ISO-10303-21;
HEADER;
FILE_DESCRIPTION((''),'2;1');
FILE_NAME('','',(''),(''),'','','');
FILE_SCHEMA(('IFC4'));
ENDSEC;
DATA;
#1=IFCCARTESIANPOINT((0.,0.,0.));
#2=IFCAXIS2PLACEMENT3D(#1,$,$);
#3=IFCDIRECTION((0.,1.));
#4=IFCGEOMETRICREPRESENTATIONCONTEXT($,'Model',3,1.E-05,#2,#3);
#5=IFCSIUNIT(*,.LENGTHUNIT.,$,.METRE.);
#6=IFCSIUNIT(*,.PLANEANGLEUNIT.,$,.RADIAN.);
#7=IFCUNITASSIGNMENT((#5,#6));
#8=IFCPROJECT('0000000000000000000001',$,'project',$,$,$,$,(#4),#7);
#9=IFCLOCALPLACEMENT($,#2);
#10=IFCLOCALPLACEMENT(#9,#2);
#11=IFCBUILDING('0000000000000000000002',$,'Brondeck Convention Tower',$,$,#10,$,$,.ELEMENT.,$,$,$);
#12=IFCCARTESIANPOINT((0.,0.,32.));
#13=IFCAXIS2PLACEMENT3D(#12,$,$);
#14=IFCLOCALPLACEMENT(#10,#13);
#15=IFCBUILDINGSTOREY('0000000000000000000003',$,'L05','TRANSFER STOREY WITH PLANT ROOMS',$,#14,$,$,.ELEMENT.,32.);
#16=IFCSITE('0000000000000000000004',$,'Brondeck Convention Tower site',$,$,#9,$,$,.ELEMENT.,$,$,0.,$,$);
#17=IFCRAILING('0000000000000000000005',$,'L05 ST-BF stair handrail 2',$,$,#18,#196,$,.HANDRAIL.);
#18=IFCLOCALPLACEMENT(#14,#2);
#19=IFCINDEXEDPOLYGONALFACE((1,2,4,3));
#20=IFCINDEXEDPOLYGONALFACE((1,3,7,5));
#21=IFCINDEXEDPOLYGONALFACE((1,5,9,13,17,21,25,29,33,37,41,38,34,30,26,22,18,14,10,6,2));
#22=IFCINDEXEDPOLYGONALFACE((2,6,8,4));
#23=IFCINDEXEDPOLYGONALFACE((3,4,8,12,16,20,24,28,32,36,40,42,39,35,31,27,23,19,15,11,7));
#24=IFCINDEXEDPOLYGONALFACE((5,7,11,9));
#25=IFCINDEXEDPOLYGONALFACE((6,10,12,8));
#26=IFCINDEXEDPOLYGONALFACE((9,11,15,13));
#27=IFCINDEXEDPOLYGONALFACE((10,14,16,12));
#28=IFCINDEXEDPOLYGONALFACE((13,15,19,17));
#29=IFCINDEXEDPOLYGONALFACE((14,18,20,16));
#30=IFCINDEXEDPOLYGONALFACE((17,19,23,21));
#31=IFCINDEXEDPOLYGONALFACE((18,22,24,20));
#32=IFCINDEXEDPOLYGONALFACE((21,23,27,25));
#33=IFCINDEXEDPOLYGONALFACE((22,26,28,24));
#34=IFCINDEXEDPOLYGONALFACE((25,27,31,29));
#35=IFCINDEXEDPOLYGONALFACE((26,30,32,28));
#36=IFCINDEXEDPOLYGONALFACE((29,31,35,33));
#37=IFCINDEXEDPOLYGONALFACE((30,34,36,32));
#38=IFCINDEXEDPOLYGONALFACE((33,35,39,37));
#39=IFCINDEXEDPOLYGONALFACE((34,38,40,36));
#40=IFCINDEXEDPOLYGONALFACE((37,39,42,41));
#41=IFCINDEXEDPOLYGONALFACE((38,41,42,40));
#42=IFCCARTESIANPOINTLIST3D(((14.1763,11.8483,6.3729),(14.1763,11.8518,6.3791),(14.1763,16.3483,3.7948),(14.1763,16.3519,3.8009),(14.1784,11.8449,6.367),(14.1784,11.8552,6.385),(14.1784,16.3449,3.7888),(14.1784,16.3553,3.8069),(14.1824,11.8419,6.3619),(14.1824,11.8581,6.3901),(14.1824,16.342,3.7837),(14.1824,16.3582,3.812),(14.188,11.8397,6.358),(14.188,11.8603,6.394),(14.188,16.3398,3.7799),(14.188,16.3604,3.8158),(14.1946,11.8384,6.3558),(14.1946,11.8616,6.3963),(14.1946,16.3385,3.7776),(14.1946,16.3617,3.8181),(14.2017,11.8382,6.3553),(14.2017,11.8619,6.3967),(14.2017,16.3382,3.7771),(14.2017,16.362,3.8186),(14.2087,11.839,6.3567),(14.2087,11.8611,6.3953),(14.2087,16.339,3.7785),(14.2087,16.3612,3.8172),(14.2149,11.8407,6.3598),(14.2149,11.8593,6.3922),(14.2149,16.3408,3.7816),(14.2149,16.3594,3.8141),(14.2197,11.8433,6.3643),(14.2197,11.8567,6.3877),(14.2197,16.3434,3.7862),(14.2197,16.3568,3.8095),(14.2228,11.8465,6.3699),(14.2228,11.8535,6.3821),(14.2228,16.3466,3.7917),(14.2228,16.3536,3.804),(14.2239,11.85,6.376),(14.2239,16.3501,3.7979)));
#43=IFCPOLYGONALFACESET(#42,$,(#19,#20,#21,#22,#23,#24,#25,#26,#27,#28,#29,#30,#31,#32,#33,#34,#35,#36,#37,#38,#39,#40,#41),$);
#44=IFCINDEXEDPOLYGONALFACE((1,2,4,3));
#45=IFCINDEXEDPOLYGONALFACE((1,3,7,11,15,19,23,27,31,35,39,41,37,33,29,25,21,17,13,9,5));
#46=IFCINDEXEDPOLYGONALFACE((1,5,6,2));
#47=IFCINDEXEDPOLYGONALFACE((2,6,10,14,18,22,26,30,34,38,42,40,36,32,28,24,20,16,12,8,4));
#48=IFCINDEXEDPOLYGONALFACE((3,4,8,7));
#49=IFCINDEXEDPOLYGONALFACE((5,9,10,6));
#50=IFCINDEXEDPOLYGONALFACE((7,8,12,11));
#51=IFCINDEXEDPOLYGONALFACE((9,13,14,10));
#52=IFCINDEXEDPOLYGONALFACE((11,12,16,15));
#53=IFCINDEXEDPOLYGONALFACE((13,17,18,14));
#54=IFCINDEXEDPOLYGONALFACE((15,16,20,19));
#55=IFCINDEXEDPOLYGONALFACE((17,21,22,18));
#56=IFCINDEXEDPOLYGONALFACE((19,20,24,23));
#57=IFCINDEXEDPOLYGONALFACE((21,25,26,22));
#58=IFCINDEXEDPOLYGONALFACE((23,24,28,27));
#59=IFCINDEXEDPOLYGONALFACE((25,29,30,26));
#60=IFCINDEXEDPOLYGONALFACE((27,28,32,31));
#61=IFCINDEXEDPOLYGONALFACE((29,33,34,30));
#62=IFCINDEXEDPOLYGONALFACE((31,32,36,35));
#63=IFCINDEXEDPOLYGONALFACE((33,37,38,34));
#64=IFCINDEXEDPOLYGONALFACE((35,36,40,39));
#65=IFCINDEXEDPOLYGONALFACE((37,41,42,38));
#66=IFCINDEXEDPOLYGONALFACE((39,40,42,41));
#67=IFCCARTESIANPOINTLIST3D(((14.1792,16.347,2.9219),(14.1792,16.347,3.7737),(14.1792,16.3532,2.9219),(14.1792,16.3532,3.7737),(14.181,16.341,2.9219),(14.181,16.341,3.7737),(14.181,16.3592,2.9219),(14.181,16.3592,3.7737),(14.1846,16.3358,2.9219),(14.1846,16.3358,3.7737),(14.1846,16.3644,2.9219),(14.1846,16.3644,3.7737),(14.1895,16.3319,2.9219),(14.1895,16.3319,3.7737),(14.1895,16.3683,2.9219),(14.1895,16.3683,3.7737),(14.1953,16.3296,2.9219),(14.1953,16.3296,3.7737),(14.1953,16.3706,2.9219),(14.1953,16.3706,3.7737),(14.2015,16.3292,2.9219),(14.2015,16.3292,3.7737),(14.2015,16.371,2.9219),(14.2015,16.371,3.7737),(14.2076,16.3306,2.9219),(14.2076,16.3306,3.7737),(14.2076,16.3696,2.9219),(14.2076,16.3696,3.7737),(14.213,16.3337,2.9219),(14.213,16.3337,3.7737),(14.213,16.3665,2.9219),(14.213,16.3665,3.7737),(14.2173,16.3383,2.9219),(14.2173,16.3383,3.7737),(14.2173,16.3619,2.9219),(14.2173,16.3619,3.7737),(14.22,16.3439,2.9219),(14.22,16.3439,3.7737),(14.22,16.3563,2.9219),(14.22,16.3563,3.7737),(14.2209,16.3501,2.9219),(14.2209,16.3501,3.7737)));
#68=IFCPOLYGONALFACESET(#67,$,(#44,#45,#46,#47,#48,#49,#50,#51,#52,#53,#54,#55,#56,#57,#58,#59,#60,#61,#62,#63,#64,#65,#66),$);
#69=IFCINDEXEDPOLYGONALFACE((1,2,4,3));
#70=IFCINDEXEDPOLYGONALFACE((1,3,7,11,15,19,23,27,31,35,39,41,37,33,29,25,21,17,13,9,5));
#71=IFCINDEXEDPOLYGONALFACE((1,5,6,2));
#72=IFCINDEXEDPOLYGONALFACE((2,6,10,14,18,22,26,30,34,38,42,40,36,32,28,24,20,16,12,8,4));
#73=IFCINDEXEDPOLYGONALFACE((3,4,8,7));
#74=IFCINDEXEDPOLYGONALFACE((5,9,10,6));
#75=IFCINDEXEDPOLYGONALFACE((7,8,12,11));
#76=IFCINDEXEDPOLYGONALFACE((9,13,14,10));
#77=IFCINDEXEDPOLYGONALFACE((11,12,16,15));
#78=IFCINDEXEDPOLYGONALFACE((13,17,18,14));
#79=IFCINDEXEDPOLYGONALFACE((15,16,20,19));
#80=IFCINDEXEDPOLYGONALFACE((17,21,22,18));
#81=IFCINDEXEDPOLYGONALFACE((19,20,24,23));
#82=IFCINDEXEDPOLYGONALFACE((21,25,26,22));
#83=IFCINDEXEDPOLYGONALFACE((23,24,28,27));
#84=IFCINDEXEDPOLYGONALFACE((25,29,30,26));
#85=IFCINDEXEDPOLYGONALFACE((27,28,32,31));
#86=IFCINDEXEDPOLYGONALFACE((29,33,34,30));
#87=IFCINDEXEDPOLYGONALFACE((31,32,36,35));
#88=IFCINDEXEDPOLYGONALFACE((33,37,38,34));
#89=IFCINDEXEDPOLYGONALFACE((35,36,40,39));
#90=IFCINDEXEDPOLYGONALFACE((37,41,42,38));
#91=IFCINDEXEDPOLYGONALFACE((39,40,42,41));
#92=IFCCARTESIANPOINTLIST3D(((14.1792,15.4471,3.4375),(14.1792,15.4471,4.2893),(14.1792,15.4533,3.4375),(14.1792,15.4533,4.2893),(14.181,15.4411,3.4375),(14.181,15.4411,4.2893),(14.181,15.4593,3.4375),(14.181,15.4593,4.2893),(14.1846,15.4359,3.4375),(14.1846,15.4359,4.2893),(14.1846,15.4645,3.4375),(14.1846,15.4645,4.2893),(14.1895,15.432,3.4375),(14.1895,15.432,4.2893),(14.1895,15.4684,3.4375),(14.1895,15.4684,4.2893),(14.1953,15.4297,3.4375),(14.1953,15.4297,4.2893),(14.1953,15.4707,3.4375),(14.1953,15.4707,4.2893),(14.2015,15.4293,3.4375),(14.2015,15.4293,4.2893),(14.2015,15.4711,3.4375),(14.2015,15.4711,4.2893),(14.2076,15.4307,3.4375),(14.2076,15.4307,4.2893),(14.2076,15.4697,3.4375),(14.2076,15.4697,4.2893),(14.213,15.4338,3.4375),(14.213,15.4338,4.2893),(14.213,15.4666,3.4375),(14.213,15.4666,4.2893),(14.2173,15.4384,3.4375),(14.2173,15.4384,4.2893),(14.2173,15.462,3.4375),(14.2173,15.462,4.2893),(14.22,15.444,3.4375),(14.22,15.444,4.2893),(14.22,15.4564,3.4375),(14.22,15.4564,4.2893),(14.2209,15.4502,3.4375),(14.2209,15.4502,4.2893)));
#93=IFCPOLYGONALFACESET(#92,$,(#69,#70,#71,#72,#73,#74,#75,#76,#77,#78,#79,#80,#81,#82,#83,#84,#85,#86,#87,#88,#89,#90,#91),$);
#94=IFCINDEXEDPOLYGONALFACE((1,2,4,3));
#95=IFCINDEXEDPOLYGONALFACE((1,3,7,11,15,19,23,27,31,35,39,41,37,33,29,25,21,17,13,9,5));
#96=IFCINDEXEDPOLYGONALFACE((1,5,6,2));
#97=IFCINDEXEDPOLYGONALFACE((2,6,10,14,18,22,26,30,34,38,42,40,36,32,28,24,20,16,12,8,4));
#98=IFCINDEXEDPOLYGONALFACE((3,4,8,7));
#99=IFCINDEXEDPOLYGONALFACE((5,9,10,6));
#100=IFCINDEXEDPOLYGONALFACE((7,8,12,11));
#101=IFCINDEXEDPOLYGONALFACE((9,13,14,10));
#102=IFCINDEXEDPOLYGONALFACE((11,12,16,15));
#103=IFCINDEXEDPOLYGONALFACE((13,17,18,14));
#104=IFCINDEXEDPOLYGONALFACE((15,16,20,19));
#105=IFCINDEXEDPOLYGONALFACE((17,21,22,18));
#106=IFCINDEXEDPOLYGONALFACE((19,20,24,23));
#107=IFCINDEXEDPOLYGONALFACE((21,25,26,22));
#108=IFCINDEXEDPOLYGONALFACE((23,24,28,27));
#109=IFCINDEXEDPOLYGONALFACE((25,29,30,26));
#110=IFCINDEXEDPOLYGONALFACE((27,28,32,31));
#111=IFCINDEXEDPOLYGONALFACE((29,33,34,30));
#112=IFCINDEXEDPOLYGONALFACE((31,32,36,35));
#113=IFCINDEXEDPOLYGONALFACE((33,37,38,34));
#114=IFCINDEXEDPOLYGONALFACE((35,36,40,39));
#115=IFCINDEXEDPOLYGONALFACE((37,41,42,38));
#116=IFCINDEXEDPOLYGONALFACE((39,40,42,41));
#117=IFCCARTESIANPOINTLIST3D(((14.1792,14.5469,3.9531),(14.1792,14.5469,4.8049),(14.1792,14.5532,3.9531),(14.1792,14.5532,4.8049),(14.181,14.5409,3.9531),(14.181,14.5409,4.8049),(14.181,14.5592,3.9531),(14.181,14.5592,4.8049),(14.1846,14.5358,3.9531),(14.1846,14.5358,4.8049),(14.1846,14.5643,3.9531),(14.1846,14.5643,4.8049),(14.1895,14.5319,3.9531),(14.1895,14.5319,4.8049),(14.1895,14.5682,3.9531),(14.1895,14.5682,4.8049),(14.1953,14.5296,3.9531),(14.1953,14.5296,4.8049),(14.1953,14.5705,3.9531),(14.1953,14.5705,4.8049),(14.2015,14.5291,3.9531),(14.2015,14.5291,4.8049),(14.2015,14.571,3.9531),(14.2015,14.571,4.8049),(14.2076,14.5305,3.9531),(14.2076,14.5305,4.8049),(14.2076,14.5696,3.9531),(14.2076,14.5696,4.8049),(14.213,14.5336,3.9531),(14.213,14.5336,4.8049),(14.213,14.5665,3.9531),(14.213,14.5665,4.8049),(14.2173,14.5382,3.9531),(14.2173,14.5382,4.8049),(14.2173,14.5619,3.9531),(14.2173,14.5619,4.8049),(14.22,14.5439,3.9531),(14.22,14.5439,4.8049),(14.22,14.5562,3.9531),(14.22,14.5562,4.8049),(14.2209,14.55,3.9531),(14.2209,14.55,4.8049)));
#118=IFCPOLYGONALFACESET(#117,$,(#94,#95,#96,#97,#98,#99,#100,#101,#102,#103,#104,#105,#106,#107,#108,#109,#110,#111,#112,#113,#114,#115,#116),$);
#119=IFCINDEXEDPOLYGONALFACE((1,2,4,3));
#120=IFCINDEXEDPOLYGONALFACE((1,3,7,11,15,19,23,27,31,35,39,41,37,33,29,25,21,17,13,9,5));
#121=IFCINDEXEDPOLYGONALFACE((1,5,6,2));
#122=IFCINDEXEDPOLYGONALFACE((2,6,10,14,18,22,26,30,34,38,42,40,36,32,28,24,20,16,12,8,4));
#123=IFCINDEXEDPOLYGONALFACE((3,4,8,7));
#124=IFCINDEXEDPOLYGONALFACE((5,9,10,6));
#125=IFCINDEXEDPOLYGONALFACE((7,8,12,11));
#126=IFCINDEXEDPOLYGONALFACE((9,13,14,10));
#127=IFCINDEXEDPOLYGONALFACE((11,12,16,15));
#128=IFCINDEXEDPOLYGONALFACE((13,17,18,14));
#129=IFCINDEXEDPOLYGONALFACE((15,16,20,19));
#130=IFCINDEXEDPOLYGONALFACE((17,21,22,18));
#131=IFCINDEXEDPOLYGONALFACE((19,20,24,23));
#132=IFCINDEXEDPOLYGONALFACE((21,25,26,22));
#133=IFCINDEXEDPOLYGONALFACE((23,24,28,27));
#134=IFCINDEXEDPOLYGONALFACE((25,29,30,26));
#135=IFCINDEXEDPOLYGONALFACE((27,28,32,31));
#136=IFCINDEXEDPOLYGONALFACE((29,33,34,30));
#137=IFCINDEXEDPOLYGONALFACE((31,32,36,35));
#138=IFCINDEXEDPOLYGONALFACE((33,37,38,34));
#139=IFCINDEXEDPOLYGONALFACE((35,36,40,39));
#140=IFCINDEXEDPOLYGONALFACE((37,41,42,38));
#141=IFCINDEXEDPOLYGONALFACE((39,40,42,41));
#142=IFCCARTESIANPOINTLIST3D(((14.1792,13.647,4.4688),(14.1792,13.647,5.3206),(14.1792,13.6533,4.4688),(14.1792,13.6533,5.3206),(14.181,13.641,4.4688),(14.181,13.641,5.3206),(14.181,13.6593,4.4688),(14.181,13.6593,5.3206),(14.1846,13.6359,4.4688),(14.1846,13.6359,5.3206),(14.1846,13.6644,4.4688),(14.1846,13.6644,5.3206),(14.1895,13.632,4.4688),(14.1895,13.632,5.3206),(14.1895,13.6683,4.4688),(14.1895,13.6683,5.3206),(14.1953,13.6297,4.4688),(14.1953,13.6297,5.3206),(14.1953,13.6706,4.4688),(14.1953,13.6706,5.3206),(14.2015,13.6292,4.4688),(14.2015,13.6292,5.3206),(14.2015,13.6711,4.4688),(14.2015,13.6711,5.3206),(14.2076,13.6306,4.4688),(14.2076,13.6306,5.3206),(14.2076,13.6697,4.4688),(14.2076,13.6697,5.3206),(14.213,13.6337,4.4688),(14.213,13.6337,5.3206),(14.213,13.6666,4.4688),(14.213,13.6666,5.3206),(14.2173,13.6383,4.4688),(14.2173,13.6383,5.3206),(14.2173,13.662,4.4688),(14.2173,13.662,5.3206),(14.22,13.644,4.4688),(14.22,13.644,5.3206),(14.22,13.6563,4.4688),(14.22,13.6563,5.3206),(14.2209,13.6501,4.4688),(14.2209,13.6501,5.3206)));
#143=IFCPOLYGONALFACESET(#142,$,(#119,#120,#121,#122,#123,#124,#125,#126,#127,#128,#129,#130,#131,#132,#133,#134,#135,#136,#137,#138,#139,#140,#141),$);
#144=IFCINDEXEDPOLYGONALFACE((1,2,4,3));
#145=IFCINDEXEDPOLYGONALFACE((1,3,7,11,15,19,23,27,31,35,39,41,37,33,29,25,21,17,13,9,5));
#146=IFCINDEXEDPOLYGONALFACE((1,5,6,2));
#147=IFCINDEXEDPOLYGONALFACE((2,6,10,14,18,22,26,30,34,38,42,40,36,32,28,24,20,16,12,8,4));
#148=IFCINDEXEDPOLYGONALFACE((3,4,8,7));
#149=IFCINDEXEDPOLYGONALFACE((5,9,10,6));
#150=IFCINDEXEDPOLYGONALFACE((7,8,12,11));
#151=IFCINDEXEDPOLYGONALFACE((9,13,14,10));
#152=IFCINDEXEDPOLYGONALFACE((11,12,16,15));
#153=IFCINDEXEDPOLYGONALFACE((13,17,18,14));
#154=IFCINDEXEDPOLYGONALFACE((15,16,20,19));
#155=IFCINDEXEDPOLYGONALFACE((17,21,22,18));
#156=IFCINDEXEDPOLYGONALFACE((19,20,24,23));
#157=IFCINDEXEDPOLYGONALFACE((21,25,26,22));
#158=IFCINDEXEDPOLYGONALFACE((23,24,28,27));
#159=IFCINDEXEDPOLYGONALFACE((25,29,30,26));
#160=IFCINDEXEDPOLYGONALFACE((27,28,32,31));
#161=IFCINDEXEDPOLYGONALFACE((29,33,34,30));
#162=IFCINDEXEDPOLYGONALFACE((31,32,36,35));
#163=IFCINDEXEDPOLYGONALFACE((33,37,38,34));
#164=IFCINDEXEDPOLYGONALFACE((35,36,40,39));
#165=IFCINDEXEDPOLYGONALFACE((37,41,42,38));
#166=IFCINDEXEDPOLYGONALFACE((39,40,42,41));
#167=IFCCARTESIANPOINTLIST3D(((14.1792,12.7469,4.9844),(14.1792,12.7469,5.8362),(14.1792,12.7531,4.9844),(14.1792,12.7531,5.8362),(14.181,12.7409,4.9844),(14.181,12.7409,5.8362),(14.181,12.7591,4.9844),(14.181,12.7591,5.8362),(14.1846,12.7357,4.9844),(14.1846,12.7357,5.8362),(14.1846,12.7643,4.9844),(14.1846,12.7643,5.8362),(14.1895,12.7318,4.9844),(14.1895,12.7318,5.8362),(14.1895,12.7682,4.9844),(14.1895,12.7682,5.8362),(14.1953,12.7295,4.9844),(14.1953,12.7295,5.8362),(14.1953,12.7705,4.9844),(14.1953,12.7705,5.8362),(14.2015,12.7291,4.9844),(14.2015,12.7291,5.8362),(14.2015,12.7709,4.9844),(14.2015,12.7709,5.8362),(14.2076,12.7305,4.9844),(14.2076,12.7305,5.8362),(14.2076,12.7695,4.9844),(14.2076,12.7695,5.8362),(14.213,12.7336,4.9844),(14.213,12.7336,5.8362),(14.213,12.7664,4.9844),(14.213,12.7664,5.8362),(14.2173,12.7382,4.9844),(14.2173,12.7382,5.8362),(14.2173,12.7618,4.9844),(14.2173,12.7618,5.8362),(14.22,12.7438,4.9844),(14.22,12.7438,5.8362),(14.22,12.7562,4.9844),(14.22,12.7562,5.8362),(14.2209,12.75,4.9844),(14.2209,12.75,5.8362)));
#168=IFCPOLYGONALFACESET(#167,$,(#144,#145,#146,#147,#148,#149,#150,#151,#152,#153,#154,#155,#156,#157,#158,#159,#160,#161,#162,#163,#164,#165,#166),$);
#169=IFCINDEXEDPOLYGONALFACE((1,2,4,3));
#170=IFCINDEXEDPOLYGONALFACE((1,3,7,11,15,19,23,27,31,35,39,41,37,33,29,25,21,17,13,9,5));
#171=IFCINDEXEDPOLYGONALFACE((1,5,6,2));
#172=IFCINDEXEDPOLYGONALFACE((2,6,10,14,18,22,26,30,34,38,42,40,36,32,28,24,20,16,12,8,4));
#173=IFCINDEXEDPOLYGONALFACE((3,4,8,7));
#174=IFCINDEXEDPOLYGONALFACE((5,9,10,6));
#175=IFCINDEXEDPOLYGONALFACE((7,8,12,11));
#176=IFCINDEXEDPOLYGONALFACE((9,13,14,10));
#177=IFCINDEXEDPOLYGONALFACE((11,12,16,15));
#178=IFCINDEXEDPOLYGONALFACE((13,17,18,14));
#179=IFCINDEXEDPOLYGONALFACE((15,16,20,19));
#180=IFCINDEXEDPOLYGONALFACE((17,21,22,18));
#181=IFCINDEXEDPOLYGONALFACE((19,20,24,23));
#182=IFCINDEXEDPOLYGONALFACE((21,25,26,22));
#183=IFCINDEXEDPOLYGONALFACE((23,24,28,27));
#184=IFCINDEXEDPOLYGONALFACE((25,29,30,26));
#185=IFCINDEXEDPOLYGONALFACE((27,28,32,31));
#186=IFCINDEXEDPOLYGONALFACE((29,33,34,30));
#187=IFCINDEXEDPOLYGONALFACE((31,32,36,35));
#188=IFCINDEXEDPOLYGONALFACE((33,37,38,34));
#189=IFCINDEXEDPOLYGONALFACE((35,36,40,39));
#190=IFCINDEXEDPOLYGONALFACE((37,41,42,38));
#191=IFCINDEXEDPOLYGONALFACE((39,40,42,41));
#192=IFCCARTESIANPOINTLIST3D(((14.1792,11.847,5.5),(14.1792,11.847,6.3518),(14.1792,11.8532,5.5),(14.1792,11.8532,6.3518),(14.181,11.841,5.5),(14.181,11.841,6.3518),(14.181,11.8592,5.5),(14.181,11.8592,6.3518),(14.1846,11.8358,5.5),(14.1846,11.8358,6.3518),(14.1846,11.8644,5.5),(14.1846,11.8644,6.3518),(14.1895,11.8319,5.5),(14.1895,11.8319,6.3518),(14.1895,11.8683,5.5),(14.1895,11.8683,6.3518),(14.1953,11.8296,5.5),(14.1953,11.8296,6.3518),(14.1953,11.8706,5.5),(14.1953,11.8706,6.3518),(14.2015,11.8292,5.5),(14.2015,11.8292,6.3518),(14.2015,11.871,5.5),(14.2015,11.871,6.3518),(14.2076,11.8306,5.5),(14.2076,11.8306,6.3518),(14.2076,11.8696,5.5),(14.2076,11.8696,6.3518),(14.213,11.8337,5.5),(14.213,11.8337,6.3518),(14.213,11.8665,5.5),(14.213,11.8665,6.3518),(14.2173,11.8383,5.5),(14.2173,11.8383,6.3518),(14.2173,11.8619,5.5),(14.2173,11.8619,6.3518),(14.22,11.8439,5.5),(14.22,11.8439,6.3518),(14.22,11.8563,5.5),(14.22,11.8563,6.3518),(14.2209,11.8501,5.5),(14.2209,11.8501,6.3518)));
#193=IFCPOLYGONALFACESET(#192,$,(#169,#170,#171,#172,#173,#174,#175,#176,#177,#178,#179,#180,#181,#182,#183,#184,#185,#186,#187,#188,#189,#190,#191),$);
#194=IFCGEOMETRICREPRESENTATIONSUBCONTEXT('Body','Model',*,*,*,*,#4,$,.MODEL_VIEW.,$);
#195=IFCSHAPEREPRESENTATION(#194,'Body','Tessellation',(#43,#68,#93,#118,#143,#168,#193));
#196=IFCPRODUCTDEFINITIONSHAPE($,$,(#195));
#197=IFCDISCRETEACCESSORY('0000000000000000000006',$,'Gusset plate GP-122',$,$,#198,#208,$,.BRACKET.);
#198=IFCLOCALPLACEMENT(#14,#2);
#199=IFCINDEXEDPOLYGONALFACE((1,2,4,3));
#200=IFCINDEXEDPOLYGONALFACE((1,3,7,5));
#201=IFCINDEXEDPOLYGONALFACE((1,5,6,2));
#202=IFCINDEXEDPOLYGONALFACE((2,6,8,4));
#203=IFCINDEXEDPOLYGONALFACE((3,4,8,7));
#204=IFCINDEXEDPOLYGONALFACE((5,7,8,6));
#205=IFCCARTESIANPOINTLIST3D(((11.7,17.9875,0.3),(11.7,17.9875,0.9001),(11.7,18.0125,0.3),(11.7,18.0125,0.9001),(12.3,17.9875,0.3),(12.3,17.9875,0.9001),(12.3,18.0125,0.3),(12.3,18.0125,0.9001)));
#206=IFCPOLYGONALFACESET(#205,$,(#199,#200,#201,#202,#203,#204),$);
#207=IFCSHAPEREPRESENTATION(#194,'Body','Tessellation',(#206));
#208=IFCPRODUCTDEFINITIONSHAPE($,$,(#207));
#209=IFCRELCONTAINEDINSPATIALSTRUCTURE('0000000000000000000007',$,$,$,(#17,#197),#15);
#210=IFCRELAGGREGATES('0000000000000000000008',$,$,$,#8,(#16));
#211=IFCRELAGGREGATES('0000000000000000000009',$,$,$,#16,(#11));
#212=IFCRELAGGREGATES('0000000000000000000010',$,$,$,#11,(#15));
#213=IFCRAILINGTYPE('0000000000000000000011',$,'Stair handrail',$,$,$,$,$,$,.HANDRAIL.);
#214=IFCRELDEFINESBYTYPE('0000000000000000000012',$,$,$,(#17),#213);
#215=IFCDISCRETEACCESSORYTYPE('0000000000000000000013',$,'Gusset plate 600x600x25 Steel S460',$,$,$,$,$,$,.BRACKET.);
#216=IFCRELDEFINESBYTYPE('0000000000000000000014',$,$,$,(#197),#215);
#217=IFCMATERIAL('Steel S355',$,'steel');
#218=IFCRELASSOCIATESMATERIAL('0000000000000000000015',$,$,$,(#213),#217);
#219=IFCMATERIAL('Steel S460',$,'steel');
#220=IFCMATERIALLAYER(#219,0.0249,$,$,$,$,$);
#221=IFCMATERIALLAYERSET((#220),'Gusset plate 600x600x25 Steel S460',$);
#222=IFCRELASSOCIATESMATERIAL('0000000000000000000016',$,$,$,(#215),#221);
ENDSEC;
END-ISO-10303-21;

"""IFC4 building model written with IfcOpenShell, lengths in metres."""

from ifc_helpers import new_model, si_unit, direction, frame, origin, origin_2d, place, context, subcontext, project, spatial, rectangle, circle, extrude, material, layer, layer_set, type_object, element, save


model = new_model("IFC4")

# Units and contexts
model_context = context("Model", 3, precision=1e-05, world=origin(), true_north=direction((0.0, 1.0)))
body_context = subcontext(model_context, "Body", "Model", "MODEL_VIEW")
ifc_project = project(units=[si_unit("LENGTHUNIT", "METRE"), si_unit("PLANEANGLEUNIT", "RADIAN")], contexts=[model_context])

# Site, building, storey
site_placement = place(None, origin())
site = spatial("IfcSite", under=ifc_project, at=site_placement, Name="Brondeck Convention Tower site", CompositionType="ELEMENT", RefElevation=0.0)
building_placement = place(site_placement, origin())
building = spatial("IfcBuilding", under=site, at=building_placement, Name="Brondeck Convention Tower", CompositionType="ELEMENT")
storey_placement = place(building_placement, frame((0.0, 0.0, 32.0)))
storey = spatial("IfcBuildingStorey", under=building, at=storey_placement, Name="L05", Description="TRANSFER STOREY WITH PLANT ROOMS", CompositionType="ELEMENT", Elevation=32.0)

# Shared definitions
ifc_material_1 = material(Name="Steel S460", Category="steel")

# Railing
ifc_material_2 = material(Name="Steel S355", Category="steel")
railing_type_1 = type_object("IfcRailingType", Name="Stair handrail", PredefinedType="HANDRAIL", material=ifc_material_2)
for number, where, name in (
    (1, (14.2, 16.3501, 2.9219), "L05 ST-BF stair handrail 2"),
):
    element("IfcRailing", number, at=place(storey_placement, frame(where)), inside=storey, type_object=railing_type_1, Name=name, PredefinedType="HANDRAIL", context=body_context, shape_type="SweptSolid", body=[
        extrude(circle(Radius=0.0239, at=origin_2d()), frame((0.0, 0.0, 0.876), z_axis=(0.0, -0.867686, 0.497112), x_axis=(1.0, 0.0, 0.0)), (0.0, 0.0, 1.0), 5.1863),
        extrude(circle(Radius=0.021, at=origin_2d()), origin(), (0.0, 0.0, 1.0), 0.8518),
        extrude(circle(Radius=0.021, at=origin_2d()), frame((0.0, -0.8999, 0.5156)), (0.0, 0.0, 1.0), 0.8518),
        extrude(circle(Radius=0.021, at=origin_2d()), frame((0.0, -1.8, 1.0312)), (0.0, 0.0, 1.0), 0.8518),
        extrude(circle(Radius=0.021, at=origin_2d()), frame((0.0, -2.7, 1.5469)), (0.0, 0.0, 1.0), 0.8518),
        extrude(circle(Radius=0.021, at=origin_2d()), frame((0.0, -3.6001, 2.0625)), (0.0, 0.0, 1.0), 0.8518),
        extrude(circle(Radius=0.021, at=origin_2d()), frame((0.0, -4.5, 2.5781)), (0.0, 0.0, 1.0), 0.8518),
    ])

# Discrete accessory
ifc_layer_1 = layer(ifc_material_1, 0.0249)
ifc_layer_set_1 = layer_set([ifc_layer_1], Name="Gusset plate 600x600x25 Steel S460")
discrete_accessory_type = type_object("IfcDiscreteAccessoryType", Name="Gusset plate 600x600x25 Steel S460", PredefinedType="BRACKET", material=ifc_layer_set_1)
discrete_accessory_placement = place(storey_placement, frame((12.0, 18.0, 0.3), z_axis=(0.0, 0.0, 1.0), x_axis=(1.0, 0.0, 0.0)))
element("IfcDiscreteAccessory", 2, at=discrete_accessory_placement, inside=storey, type_object=discrete_accessory_type, Name="Gusset plate GP-122", PredefinedType="BRACKET", context=body_context, shape_type="SweptSolid", body=[
    extrude(rectangle(XDim=0.6001, YDim=0.0249, at=origin_2d()), origin(), (0.0, 0.0, 1.0), 0.6001),
])

save(model, "model.ifc")
